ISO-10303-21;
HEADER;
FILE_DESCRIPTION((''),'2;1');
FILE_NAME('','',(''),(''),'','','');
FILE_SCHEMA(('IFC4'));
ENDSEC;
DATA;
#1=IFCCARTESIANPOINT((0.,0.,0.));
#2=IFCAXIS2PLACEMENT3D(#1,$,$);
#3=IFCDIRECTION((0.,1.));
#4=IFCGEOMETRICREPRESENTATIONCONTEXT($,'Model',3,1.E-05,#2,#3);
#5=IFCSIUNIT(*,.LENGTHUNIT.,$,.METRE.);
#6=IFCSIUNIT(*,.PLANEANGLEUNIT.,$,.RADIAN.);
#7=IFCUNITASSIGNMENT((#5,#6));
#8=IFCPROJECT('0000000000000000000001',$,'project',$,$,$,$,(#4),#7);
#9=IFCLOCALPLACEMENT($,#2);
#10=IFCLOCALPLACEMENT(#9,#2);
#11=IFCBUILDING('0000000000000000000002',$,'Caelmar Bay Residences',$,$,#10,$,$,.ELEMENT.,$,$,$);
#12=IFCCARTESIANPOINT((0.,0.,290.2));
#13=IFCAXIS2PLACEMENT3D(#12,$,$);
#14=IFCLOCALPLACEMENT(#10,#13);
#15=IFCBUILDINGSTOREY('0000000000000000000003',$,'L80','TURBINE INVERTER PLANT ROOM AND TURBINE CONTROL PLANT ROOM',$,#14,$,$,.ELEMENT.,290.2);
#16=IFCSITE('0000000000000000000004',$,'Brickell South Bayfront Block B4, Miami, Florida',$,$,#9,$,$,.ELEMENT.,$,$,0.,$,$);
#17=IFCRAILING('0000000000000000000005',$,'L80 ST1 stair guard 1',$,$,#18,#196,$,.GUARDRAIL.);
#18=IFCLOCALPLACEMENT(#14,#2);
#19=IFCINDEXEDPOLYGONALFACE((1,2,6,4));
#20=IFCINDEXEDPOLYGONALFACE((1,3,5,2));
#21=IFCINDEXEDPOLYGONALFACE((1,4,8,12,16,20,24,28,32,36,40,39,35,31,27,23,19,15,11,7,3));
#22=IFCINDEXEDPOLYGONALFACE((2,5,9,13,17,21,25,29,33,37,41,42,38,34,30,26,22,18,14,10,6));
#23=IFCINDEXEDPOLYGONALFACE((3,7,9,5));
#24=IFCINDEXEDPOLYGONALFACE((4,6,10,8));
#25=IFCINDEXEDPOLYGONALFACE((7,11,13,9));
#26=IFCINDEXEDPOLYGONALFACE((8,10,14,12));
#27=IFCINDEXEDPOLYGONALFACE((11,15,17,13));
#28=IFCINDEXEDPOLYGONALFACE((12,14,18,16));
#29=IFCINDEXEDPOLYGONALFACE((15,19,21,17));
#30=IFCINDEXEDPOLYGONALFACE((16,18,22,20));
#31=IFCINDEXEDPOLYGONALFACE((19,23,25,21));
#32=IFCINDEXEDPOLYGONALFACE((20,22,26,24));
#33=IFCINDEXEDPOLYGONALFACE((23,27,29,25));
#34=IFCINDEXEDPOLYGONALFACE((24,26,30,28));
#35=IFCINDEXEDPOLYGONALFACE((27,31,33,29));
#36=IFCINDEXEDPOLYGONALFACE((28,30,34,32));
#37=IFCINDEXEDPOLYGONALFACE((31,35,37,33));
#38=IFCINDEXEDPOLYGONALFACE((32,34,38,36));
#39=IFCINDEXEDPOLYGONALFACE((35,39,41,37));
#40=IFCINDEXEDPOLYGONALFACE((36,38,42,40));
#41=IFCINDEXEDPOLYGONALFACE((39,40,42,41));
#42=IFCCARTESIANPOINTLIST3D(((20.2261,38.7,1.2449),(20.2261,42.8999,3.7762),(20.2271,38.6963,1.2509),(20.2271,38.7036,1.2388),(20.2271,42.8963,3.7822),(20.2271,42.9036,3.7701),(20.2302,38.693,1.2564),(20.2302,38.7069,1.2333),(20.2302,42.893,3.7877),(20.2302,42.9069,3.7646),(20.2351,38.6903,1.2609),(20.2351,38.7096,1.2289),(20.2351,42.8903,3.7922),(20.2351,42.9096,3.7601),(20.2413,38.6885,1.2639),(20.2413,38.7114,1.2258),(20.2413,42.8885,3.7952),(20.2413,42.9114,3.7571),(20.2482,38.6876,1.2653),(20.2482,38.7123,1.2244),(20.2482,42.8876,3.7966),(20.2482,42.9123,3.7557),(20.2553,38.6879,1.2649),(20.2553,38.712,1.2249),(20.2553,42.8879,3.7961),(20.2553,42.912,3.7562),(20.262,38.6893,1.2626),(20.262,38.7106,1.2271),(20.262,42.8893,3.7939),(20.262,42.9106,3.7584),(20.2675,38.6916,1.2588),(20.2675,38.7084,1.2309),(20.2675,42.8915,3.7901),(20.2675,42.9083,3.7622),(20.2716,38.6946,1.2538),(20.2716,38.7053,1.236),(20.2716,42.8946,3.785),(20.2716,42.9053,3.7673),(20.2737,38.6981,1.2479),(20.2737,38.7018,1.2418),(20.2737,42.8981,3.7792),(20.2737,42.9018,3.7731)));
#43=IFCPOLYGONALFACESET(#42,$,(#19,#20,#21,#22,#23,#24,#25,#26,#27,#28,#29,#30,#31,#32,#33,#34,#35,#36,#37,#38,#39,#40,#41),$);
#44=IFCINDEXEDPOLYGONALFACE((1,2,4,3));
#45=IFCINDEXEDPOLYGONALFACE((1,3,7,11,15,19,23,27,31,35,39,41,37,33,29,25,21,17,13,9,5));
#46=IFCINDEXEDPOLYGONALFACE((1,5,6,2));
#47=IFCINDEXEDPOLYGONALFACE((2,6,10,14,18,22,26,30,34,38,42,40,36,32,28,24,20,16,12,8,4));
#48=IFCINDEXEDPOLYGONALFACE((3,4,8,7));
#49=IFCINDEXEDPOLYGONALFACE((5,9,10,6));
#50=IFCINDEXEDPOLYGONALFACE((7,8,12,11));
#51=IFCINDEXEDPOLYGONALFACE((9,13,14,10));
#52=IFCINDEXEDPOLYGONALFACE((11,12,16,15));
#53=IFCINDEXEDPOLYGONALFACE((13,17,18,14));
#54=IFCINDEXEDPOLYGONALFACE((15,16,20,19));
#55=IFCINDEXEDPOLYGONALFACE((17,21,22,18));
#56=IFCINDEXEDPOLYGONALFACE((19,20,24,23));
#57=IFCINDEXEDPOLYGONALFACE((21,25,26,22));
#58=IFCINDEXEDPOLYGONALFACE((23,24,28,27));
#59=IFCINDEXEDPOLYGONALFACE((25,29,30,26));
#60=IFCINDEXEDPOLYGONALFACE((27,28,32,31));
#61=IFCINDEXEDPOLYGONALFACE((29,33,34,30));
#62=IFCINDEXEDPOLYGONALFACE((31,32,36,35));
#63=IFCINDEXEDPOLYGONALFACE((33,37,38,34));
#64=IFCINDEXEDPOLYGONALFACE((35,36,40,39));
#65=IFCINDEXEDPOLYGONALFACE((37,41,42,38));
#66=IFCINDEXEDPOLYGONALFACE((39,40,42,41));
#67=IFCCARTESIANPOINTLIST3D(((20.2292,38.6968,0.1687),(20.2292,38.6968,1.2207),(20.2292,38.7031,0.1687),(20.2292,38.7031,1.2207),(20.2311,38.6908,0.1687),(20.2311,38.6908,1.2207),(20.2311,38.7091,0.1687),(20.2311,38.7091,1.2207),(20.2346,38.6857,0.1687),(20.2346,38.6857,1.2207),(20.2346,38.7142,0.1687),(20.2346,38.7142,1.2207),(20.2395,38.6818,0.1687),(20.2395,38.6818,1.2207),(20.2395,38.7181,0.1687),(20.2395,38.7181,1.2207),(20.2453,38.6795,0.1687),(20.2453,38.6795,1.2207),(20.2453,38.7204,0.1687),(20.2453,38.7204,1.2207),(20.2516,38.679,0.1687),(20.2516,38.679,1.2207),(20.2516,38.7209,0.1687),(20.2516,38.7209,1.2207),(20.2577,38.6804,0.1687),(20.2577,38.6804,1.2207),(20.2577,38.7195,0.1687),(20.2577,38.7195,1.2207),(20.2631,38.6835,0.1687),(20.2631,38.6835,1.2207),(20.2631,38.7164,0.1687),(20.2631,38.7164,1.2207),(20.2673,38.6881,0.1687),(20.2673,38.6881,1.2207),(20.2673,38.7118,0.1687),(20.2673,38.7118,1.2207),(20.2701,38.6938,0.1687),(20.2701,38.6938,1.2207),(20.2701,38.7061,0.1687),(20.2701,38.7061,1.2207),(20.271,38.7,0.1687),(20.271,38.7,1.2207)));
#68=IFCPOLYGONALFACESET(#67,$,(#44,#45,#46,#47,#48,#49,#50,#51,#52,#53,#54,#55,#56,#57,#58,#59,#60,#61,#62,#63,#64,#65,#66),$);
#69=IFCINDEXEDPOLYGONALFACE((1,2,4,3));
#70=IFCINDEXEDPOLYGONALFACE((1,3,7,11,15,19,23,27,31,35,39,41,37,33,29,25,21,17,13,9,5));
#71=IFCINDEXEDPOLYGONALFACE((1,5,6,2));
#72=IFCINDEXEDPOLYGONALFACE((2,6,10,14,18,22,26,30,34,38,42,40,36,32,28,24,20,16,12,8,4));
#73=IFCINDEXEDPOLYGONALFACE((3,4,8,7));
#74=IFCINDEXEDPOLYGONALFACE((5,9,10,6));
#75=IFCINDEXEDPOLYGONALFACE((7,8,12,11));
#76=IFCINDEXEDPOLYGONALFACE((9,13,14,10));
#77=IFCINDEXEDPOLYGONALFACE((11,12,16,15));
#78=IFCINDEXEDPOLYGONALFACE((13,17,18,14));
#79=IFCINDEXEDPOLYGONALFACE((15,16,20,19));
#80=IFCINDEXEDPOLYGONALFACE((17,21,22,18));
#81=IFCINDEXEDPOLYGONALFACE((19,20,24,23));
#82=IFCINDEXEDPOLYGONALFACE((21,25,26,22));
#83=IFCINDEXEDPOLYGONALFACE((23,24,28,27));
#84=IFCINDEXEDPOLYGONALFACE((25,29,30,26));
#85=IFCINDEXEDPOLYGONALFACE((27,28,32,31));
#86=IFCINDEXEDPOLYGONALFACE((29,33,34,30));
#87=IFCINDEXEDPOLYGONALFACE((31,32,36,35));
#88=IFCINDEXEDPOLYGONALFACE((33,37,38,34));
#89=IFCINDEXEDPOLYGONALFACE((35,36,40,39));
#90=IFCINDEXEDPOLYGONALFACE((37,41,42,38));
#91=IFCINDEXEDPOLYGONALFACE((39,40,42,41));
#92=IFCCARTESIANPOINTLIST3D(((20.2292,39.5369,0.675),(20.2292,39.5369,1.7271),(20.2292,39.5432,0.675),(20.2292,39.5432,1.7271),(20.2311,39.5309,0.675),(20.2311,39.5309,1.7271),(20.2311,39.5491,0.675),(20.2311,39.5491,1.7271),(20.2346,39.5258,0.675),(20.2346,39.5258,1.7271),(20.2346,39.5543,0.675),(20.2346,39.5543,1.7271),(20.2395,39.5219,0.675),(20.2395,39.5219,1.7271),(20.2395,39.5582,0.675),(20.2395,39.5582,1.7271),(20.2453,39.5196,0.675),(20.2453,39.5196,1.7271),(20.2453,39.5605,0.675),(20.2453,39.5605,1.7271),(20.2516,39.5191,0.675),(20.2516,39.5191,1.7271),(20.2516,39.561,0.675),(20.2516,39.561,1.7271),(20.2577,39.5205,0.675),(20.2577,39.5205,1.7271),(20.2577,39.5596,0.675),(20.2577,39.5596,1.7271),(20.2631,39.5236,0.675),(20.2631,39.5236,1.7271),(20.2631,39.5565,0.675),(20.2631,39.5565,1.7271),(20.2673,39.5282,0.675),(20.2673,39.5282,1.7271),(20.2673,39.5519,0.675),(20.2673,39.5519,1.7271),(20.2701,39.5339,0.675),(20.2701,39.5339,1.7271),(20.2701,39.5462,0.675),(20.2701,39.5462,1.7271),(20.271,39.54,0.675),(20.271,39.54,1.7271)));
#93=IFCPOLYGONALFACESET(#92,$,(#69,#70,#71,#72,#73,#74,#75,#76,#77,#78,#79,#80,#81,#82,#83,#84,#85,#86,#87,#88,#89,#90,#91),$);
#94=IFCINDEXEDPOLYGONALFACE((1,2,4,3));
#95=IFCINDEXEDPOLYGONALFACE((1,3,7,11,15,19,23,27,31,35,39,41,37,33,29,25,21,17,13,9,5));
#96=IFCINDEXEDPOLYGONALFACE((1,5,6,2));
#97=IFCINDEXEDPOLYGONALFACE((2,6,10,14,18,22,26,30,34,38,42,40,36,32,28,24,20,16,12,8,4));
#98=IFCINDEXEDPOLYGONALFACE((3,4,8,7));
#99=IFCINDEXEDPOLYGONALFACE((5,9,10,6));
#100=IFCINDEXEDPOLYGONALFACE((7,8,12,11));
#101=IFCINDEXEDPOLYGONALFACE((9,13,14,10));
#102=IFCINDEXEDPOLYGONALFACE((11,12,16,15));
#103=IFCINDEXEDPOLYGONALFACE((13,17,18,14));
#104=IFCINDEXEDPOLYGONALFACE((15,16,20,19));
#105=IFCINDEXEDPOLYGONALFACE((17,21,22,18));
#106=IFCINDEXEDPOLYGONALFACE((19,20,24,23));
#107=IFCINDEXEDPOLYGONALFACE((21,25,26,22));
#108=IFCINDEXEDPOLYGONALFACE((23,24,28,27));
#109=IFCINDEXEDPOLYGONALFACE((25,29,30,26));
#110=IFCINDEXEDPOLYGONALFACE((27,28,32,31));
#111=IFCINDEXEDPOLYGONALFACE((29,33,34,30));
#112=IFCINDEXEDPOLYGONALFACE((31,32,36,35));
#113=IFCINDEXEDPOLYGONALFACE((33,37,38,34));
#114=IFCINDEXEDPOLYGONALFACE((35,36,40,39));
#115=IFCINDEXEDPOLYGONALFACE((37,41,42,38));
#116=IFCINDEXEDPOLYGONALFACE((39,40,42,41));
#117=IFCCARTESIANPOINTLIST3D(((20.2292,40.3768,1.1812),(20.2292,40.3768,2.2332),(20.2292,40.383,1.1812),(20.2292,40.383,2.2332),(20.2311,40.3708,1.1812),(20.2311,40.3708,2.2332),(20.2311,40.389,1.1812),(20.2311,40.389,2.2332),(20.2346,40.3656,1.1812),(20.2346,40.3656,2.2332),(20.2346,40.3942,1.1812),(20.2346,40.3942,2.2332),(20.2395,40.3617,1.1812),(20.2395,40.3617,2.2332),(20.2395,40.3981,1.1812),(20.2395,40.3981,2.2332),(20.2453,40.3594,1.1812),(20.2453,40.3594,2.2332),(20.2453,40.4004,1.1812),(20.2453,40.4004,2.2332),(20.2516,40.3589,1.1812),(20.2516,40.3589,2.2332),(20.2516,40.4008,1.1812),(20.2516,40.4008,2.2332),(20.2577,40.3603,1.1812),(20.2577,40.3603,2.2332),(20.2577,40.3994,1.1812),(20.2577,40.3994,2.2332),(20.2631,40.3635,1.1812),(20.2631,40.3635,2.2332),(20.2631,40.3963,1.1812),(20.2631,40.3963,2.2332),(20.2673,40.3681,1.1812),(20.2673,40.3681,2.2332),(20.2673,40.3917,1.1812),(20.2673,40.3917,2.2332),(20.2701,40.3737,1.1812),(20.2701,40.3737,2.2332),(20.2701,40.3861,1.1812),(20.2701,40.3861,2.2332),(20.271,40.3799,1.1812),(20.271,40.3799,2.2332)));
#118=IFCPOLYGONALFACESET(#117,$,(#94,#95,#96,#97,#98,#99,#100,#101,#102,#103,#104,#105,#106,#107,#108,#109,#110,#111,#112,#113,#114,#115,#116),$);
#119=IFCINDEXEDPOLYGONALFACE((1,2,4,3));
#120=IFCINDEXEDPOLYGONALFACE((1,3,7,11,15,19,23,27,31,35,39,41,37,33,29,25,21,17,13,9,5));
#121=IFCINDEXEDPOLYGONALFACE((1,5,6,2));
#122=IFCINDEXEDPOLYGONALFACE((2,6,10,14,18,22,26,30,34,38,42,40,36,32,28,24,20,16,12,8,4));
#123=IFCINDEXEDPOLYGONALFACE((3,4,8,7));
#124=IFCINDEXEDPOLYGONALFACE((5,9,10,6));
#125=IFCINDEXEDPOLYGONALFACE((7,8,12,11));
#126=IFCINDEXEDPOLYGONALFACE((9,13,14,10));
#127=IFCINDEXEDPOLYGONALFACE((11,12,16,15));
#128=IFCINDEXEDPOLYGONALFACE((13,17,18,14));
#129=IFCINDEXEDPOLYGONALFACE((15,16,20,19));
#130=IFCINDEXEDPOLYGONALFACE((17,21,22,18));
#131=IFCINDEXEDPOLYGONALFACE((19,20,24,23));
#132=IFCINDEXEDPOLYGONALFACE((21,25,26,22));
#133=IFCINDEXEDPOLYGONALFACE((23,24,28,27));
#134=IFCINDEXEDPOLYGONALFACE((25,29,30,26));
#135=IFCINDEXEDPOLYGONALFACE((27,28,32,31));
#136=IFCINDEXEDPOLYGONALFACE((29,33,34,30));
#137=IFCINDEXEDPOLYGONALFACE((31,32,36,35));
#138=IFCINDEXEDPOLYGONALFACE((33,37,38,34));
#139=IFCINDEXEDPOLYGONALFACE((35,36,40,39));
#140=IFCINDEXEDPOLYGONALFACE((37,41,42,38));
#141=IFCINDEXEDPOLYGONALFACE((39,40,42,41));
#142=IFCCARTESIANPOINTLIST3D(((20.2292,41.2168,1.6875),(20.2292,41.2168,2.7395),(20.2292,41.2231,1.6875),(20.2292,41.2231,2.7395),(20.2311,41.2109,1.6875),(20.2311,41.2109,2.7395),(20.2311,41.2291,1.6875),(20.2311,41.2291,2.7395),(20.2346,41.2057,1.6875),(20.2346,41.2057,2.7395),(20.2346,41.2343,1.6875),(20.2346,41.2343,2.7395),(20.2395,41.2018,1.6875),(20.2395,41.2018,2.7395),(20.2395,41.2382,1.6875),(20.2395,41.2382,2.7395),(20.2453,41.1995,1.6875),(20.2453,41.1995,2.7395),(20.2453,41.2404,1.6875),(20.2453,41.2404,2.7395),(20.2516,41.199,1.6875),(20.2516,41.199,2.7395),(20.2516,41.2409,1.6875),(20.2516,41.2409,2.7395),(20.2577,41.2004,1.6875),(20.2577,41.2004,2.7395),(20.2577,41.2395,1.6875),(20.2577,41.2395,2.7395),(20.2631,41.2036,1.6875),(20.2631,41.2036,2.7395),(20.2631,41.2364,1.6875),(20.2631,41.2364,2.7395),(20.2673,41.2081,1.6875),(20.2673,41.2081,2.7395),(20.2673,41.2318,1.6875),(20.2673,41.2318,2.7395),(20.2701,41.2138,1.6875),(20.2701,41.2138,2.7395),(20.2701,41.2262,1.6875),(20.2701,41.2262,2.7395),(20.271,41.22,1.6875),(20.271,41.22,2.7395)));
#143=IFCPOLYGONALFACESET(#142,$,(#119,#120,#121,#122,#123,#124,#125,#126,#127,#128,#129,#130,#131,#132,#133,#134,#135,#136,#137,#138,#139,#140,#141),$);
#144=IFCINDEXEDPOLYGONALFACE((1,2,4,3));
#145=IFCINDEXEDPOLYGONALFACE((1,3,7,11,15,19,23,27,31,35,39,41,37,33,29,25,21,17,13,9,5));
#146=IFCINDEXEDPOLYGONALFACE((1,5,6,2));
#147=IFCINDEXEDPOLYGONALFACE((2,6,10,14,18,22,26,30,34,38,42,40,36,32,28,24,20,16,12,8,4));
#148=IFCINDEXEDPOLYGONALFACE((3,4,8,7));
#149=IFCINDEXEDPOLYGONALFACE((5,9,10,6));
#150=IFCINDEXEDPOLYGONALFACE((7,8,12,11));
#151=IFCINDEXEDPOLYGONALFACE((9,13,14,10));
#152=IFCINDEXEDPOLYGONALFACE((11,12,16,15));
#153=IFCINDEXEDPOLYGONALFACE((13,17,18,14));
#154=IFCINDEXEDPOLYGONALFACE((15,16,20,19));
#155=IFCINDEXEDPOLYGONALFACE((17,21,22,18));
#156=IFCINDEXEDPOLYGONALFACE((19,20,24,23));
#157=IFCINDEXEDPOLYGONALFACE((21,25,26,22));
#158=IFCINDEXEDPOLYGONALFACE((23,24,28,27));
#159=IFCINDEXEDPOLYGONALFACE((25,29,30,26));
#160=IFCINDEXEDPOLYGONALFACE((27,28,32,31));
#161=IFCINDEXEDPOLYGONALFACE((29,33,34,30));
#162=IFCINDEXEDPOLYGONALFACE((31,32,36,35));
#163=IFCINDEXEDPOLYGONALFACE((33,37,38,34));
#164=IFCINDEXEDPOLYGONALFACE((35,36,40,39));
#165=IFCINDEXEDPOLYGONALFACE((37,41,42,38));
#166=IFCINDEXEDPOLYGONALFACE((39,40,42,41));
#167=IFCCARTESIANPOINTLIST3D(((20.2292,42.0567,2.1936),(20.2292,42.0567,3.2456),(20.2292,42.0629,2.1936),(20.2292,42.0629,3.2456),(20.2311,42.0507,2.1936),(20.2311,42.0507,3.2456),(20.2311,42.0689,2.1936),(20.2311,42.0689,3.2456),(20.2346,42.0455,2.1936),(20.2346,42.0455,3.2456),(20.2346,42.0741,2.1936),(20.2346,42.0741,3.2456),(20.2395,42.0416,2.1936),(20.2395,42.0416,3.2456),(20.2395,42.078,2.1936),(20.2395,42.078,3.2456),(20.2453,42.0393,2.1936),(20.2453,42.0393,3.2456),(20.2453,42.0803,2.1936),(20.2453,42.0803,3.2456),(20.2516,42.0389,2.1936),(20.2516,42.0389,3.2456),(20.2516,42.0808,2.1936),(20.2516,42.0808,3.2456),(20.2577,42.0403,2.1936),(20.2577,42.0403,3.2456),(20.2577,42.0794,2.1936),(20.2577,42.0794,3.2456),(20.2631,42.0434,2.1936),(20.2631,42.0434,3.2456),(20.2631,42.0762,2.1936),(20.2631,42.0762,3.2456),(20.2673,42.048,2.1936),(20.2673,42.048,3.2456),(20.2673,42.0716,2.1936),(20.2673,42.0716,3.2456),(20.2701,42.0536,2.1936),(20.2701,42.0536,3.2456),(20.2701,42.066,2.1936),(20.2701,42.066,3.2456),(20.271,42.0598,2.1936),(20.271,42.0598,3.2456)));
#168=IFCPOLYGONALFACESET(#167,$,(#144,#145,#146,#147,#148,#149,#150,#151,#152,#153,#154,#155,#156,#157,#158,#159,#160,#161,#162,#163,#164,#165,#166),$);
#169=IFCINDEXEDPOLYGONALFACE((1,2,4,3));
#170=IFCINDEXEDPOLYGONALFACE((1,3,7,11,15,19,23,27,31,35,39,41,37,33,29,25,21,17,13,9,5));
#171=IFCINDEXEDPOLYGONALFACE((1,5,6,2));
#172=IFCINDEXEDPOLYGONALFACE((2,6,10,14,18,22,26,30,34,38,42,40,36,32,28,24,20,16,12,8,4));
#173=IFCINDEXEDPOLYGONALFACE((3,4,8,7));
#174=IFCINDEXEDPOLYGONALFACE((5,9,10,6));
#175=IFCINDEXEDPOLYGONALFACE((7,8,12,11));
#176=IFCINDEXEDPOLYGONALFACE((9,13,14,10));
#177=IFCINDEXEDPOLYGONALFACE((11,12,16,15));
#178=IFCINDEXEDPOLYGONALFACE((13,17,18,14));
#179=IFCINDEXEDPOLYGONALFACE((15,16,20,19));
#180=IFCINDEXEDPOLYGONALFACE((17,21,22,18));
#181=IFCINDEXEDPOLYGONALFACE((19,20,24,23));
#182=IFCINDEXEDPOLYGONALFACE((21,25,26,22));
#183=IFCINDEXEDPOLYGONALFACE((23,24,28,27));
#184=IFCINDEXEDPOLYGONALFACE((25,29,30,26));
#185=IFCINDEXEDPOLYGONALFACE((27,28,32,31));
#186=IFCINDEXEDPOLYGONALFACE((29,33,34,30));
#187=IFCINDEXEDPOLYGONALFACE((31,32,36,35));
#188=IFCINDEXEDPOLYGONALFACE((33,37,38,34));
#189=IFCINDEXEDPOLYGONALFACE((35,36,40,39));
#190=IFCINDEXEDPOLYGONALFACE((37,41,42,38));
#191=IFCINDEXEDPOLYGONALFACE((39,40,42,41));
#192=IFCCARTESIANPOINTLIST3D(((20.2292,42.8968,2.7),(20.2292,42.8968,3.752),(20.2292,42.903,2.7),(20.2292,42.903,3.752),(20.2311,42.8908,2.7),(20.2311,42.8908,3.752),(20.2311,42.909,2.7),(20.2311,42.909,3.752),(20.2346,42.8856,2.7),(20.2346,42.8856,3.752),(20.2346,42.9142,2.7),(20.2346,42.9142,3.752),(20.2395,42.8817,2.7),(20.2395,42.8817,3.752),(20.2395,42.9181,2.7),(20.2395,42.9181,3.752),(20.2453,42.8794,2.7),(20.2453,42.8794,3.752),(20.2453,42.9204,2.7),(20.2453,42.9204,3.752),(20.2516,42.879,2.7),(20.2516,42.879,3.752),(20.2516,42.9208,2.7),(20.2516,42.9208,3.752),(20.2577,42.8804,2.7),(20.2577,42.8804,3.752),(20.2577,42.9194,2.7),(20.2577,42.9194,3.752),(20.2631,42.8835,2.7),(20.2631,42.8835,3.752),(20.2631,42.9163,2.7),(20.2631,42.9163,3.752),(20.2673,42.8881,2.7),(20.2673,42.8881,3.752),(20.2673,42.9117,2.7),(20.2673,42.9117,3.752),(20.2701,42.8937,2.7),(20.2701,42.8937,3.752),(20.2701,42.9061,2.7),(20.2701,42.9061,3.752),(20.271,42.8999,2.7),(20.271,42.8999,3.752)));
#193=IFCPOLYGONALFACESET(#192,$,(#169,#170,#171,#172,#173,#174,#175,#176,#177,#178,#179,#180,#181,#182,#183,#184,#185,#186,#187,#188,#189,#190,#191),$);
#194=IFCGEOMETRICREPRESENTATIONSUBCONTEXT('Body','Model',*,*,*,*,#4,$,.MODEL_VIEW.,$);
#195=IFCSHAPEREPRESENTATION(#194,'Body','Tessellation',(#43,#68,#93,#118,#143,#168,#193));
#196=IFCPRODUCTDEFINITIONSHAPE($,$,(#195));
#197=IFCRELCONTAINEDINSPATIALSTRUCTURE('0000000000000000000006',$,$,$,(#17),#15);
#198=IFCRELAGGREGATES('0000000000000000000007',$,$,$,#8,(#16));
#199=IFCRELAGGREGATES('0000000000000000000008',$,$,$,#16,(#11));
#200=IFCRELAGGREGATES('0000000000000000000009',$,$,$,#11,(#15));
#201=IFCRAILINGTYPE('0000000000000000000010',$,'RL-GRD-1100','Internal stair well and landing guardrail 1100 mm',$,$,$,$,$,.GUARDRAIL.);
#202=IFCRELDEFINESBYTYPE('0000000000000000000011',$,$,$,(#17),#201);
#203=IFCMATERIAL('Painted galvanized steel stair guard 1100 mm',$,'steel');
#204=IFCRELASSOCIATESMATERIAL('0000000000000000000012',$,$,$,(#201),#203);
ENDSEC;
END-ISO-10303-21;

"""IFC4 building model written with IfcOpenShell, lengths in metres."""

from ifc_helpers import new_model, si_unit, direction, frame, origin, origin_2d, place, context, subcontext, project, spatial, circle, extrude, material, type_object, element, save


model = new_model("IFC4")

# Units and contexts
model_context = context("Model", 3, precision=1e-05, world=origin(), true_north=direction((0.0, 1.0)))
body_context = subcontext(model_context, "Body", "Model", "MODEL_VIEW")
ifc_project = project(units=[si_unit("LENGTHUNIT", "METRE"), si_unit("PLANEANGLEUNIT", "RADIAN")], contexts=[model_context])

# Site, building, storey
site_placement = place(None, origin())
site = spatial("IfcSite", under=ifc_project, at=site_placement, Name="Brickell South Bayfront Block B4, Miami, Florida", CompositionType="ELEMENT", RefElevation=0.0)
building_placement = place(site_placement, origin())
building = spatial("IfcBuilding", under=site, at=building_placement, Name="Caelmar Bay Residences", CompositionType="ELEMENT")
storey_placement = place(building_placement, frame((0.0, 0.0, 290.2)))
storey = spatial("IfcBuildingStorey", under=building, at=storey_placement, Name="L80", Description="TURBINE INVERTER PLANT ROOM AND TURBINE CONTROL PLANT ROOM", CompositionType="ELEMENT", Elevation=290.2)

# Railing
ifc_material_1 = material(Name="Painted galvanized steel stair guard 1100 mm", Category="steel")
railing_type_1 = type_object("IfcRailingType", Name="RL-GRD-1100", Description="Internal stair well and landing guardrail 1100 mm", PredefinedType="GUARDRAIL", material=ifc_material_1)
railing_1_placement = place(storey_placement, frame((20.25, 38.7, 0.1687)))
element("IfcRailing", 1, at=railing_1_placement, inside=storey, type_object=railing_type_1, Name="L80 ST1 stair guard 1", PredefinedType="GUARDRAIL", context=body_context, shape_type="SweptSolid", body=[
    extrude(circle(Radius=0.0239, at=origin_2d()), frame((0.0, 0.0, 1.0762), z_axis=(0.0, 0.856476, 0.516186), x_axis=(-1.0, 0.0, 0.0)), (0.0, 0.0, 1.0), 4.9038),
    extrude(circle(Radius=0.021, at=origin_2d()), origin(), (0.0, 0.0, 1.0), 1.052),
    extrude(circle(Radius=0.021, at=origin_2d()), frame((0.0, 0.8401, 0.5063)), (0.0, 0.0, 1.0), 1.052),
    extrude(circle(Radius=0.021, at=origin_2d()), frame((0.0, 1.6799, 1.0125)), (0.0, 0.0, 1.0), 1.052),
    extrude(circle(Radius=0.021, at=origin_2d()), frame((0.0, 2.52, 1.5188)), (0.0, 0.0, 1.0), 1.052),
    extrude(circle(Radius=0.021, at=origin_2d()), frame((0.0, 3.3599, 2.0249)), (0.0, 0.0, 1.0), 1.052),
    extrude(circle(Radius=0.021, at=origin_2d()), frame((0.0, 4.2, 2.5312)), (0.0, 0.0, 1.0), 1.052),
])

save(model, "model.ifc")
